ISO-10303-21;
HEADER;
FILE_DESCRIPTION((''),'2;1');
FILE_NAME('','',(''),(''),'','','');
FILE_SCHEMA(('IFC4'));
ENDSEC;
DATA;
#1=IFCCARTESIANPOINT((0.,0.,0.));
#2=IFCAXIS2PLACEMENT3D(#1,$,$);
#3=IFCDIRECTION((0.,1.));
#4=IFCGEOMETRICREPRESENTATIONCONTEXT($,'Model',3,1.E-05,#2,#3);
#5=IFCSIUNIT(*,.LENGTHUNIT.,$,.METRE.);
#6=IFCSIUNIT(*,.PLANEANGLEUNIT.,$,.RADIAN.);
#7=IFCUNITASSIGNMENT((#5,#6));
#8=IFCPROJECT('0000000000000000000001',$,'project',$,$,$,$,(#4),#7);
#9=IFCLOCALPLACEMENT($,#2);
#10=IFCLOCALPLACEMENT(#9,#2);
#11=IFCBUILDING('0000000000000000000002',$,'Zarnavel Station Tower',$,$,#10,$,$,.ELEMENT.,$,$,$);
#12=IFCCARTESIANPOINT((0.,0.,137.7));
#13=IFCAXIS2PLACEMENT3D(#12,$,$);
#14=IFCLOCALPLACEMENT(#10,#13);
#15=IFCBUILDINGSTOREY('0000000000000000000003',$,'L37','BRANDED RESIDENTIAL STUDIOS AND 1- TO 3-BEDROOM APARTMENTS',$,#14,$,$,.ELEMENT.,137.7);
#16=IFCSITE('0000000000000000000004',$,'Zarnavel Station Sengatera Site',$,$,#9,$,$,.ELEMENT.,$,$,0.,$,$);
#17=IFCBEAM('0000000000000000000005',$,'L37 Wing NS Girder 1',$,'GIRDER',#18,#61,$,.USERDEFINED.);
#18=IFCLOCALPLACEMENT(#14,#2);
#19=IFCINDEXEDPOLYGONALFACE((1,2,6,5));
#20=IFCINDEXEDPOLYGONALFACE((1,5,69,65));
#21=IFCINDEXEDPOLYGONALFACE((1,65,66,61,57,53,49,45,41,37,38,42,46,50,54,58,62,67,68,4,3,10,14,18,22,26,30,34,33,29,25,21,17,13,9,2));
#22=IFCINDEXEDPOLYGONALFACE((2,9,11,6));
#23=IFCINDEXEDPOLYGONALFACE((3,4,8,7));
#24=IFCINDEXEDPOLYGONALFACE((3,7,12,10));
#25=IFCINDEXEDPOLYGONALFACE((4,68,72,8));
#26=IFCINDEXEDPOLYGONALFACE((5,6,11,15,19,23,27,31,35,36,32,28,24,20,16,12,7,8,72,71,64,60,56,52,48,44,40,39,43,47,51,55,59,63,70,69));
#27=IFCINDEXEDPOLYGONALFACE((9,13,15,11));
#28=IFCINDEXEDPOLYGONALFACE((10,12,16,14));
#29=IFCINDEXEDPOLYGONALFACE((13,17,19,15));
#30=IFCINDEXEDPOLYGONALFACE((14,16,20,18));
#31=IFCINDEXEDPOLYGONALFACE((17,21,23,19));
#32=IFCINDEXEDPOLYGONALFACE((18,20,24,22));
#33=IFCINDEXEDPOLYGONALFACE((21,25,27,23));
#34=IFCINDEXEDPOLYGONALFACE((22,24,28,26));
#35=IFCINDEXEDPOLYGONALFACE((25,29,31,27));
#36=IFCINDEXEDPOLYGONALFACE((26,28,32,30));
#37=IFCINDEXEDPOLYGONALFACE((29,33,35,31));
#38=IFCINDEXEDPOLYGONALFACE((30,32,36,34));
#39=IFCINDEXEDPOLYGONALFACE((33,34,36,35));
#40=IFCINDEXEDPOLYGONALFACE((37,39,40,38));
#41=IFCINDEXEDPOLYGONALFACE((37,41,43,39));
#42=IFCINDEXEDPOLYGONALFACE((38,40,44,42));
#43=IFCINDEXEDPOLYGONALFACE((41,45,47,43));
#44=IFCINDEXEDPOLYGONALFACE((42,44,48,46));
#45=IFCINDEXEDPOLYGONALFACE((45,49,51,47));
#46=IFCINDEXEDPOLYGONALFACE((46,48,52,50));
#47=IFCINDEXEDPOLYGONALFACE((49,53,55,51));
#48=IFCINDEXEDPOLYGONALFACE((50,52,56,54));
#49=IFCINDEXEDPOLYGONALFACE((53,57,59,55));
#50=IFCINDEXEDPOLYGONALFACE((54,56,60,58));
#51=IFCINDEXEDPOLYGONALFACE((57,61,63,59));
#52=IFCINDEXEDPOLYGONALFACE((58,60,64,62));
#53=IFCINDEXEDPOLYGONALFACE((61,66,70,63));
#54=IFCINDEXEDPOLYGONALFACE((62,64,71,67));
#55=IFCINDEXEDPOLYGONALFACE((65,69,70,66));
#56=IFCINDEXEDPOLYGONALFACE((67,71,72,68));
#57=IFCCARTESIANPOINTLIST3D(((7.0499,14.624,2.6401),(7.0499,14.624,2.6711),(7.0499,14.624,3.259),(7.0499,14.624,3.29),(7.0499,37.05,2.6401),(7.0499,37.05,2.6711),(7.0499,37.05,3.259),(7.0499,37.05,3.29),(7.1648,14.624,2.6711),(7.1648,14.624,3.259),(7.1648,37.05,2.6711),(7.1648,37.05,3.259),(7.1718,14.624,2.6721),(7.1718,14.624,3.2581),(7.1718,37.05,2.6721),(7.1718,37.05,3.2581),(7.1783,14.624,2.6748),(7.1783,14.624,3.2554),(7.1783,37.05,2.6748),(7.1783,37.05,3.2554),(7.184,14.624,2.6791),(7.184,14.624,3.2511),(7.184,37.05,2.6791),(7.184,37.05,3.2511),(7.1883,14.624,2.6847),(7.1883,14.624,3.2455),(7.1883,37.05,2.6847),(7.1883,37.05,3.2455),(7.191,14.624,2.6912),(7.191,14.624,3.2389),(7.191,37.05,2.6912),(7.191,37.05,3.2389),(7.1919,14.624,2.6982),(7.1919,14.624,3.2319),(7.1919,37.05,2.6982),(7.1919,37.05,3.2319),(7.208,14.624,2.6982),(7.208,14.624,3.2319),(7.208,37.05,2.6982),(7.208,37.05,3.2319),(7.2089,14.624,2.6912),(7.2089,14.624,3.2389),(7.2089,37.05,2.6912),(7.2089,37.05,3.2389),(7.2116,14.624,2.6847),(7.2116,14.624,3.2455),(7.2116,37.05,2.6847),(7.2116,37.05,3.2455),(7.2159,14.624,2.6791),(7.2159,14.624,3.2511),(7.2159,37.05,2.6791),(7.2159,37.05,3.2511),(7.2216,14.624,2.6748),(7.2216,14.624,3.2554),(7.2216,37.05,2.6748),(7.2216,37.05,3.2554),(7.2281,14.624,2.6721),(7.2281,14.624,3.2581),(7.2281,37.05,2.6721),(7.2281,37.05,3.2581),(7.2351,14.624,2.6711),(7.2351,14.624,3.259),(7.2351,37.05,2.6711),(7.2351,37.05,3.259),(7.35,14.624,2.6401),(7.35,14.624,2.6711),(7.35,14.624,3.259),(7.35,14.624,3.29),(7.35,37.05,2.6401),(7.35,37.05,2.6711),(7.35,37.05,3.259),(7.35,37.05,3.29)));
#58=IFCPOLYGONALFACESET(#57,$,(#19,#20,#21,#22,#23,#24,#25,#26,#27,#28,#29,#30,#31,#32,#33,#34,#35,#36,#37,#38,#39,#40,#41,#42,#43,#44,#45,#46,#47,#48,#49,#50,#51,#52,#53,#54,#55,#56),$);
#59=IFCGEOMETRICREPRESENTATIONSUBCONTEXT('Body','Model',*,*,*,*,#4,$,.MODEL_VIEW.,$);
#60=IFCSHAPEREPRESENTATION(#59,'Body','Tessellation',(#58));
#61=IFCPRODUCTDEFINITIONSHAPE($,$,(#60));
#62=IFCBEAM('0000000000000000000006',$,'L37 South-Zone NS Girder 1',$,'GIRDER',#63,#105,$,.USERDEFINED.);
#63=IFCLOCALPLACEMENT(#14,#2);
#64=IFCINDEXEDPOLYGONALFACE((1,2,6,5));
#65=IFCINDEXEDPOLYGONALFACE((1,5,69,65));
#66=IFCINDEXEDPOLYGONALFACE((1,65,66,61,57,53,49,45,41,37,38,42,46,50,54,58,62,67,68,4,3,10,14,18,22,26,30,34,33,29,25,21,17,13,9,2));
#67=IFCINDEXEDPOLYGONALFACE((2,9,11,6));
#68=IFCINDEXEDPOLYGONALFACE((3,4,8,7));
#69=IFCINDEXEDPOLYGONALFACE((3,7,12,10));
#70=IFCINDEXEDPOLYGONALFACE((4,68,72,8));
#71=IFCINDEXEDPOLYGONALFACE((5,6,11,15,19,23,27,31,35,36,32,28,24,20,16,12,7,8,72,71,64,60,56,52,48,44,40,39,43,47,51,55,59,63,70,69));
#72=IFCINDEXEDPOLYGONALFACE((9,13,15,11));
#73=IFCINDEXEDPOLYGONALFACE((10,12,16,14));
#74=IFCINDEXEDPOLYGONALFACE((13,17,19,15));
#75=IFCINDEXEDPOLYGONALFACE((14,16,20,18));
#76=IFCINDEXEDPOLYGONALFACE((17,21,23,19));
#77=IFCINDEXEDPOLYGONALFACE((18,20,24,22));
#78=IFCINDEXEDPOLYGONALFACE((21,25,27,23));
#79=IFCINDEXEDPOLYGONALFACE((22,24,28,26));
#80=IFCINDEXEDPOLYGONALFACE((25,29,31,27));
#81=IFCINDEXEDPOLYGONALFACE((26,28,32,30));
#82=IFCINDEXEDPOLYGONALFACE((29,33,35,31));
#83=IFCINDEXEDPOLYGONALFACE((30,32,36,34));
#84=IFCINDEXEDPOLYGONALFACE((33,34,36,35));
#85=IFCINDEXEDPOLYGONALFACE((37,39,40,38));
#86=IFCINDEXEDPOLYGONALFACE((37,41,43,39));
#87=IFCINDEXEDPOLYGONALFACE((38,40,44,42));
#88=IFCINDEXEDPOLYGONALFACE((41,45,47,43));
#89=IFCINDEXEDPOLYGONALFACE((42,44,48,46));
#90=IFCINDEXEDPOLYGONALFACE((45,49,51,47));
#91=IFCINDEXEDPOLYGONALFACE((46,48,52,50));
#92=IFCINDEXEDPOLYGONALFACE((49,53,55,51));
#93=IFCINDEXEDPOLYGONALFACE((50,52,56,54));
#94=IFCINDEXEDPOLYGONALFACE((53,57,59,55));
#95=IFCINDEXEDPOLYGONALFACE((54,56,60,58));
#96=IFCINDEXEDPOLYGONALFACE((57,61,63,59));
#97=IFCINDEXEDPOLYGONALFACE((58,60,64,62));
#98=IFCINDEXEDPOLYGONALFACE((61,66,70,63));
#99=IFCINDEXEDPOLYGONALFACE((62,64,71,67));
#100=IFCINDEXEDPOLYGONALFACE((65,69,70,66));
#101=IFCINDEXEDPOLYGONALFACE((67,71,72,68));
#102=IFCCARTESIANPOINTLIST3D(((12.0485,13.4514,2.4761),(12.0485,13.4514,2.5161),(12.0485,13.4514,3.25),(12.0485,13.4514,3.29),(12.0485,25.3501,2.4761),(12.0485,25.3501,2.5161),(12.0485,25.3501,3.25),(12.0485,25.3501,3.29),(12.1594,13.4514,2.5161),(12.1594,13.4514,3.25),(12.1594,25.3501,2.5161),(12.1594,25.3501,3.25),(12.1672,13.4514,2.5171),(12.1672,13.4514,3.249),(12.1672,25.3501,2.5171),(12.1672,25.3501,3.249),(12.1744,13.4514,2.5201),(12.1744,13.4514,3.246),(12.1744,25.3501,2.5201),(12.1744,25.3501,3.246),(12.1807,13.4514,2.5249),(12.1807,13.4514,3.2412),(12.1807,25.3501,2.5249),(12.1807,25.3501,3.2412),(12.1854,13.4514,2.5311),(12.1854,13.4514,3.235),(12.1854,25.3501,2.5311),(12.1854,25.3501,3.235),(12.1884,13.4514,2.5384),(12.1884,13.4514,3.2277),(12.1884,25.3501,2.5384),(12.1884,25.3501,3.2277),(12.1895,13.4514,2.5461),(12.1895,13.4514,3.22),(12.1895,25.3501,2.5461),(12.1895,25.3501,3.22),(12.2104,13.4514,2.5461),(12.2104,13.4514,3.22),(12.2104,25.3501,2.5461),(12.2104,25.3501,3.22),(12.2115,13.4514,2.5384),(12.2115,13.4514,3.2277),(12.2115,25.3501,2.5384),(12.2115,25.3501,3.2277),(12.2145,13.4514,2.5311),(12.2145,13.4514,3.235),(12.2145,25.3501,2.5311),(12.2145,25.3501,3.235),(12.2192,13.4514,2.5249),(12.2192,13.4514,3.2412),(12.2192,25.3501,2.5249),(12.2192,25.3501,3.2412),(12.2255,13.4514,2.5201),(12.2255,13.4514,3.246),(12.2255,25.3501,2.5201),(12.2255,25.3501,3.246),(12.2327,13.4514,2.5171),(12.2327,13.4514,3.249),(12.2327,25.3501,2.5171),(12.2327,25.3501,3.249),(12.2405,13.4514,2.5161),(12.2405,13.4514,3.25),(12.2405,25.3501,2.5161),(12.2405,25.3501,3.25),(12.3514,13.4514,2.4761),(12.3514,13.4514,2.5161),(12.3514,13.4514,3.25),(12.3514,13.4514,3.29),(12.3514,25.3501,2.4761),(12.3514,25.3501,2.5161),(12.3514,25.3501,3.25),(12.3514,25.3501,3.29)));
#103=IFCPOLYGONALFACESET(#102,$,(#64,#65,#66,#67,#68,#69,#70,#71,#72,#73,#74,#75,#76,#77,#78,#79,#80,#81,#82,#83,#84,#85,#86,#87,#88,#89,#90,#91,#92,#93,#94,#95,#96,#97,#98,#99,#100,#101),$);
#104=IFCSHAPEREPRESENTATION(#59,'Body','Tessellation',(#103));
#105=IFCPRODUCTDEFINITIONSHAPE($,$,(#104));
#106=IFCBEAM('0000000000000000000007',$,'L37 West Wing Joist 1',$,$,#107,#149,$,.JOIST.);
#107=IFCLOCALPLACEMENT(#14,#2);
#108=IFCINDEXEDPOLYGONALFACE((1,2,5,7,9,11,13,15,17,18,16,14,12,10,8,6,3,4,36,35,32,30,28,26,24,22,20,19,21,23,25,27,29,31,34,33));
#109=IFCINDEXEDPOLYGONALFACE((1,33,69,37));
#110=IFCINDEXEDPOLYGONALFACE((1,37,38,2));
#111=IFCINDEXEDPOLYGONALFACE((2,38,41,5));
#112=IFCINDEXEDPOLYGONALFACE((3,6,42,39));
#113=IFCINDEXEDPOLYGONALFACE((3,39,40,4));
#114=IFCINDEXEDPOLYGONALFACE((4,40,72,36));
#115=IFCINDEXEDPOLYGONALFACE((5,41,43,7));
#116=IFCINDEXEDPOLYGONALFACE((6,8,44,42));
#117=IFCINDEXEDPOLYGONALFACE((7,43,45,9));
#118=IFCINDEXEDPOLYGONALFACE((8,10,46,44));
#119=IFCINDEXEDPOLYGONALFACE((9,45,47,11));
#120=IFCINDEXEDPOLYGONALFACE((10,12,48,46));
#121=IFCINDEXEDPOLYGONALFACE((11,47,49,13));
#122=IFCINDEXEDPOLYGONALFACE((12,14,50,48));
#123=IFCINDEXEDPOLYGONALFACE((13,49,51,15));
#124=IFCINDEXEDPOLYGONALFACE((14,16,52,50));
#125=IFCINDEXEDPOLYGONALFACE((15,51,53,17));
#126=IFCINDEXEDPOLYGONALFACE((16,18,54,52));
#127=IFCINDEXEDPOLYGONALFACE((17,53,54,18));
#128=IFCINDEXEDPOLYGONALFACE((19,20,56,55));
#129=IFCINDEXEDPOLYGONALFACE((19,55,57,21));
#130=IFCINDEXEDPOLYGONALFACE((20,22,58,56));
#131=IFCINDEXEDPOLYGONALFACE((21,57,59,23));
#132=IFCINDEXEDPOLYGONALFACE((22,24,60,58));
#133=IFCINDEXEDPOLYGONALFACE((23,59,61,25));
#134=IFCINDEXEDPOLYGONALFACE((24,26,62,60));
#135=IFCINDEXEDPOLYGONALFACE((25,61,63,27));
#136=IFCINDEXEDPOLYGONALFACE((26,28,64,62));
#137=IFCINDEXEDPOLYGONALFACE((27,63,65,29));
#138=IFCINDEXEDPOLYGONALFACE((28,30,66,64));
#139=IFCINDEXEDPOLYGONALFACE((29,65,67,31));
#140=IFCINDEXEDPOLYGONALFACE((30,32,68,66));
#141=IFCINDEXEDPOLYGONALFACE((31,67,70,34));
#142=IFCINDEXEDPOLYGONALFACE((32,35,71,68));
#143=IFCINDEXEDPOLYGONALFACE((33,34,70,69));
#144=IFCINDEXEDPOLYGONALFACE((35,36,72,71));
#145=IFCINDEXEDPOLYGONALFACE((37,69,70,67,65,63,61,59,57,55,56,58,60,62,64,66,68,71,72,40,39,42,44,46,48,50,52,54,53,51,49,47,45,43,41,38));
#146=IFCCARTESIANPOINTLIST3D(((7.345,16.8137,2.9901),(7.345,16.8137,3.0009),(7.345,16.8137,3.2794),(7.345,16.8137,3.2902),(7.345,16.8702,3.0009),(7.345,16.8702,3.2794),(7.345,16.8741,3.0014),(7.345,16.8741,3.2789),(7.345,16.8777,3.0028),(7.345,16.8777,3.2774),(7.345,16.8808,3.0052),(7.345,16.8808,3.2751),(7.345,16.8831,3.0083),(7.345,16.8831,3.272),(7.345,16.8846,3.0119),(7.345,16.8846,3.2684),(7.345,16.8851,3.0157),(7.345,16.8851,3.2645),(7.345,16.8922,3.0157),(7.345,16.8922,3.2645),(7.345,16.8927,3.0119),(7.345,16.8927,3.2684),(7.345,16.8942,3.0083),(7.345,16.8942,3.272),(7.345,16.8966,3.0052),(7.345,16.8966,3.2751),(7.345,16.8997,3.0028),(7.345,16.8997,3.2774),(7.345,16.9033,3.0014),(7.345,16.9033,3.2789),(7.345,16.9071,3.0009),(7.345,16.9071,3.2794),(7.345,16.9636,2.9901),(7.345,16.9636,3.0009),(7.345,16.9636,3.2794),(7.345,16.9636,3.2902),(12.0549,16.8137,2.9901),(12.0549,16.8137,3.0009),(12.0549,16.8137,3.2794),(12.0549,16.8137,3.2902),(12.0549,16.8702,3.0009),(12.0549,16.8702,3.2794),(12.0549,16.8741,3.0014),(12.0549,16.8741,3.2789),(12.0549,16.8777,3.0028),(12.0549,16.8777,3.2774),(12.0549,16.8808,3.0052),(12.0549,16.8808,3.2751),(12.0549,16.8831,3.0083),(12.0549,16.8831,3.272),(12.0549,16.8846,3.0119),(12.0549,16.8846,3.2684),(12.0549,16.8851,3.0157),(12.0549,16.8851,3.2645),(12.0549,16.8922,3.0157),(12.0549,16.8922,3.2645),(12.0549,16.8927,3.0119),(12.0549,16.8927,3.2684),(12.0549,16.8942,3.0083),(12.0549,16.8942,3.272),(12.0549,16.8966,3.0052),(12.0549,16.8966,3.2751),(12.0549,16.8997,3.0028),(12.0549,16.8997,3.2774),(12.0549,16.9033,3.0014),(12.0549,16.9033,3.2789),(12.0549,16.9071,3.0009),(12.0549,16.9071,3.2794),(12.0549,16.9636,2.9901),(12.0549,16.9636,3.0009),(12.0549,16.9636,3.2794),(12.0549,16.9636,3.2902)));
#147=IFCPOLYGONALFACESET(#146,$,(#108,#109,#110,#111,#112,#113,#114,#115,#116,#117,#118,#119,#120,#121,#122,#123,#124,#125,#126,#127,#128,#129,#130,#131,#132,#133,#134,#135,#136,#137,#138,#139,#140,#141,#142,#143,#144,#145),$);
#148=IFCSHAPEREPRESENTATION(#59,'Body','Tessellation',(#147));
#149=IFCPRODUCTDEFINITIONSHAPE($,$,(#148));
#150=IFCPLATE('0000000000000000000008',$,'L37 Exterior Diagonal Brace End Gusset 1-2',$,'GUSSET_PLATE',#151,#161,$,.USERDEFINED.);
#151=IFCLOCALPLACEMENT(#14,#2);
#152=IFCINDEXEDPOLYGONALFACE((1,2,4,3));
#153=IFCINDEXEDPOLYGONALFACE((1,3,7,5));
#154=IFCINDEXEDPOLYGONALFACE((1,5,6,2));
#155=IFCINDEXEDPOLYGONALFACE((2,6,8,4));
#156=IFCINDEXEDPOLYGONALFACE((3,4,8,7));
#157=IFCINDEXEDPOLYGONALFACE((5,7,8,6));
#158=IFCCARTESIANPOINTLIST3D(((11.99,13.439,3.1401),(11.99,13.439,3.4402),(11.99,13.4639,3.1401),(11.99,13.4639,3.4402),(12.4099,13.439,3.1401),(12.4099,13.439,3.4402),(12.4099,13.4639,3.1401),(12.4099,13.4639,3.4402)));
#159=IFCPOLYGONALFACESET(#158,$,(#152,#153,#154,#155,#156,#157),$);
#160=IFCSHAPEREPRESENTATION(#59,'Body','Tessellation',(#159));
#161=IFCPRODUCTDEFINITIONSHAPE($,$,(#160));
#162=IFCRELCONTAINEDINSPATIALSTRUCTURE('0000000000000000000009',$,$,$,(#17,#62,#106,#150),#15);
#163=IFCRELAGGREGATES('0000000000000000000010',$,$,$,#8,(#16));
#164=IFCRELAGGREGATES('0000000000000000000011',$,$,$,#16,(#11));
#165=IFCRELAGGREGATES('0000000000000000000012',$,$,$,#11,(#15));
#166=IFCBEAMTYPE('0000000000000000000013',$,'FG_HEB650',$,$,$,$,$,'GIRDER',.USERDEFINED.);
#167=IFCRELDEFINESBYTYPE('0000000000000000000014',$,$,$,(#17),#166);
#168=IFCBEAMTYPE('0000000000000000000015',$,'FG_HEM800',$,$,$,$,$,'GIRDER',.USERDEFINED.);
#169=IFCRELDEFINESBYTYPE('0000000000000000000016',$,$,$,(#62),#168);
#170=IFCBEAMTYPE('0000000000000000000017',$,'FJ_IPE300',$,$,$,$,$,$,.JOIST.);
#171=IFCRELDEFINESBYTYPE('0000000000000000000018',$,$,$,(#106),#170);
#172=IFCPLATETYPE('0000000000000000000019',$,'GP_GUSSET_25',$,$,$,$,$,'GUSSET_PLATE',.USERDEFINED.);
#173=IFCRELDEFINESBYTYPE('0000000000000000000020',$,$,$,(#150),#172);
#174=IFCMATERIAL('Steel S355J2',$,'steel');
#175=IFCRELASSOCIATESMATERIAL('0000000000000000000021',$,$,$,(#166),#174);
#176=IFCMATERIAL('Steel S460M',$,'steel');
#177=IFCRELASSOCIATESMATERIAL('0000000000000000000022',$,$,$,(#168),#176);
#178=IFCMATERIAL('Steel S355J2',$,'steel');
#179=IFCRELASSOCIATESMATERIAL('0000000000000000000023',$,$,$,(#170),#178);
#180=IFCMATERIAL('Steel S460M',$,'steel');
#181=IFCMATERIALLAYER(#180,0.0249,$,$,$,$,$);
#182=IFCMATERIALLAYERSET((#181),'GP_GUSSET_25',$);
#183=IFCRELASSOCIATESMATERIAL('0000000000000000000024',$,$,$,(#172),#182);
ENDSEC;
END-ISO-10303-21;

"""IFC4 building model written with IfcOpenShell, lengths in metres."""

from ifc_helpers import new_model, si_unit, direction, frame, origin, origin_2d, place, context, subcontext, project, spatial, rectangle, i_section, extrude, material, layer, layer_set, material_profile, profile_set, type_object, element, save


model = new_model("IFC4")

# Units and contexts
model_context = context("Model", 3, precision=1e-05, world=origin(), true_north=direction((0.0, 1.0)))
body_context = subcontext(model_context, "Body", "Model", "MODEL_VIEW")
ifc_project = project(units=[si_unit("LENGTHUNIT", "METRE"), si_unit("PLANEANGLEUNIT", "RADIAN")], contexts=[model_context])

# Site, building, storey
site_placement = place(None, origin())
site = spatial("IfcSite", under=ifc_project, at=site_placement, Name="Zarnavel Station Sengatera Site", CompositionType="ELEMENT", RefElevation=0.0)
building_placement = place(site_placement, origin())
building = spatial("IfcBuilding", under=site, at=building_placement, Name="Zarnavel Station Tower", CompositionType="ELEMENT")
storey_placement = place(building_placement, frame((0.0, 0.0, 137.7)))
storey = spatial("IfcBuildingStorey", under=building, at=storey_placement, Name="L37", Description="BRANDED RESIDENTIAL STUDIOS AND 1- TO 3-BEDROOM APARTMENTS", CompositionType="ELEMENT", Elevation=137.7)

# Beams
ifc_material_1 = material(Name="Steel S355J2", Category="steel")
ifc_material_profile_1 = material_profile(ifc_material_1, i_section(OverallWidth=0.3, OverallDepth=0.6499, WebThickness=0.0161, FlangeThickness=0.031, FilletRadius=0.0271, at=origin_2d()), Name="HEB650")
ifc_profile_set_1 = profile_set([ifc_material_profile_1], Name="Steel S355J2")
beam_type_1 = type_object("IfcBeamType", Name="FG_HEB650", ElementType="GIRDER", PredefinedType="USERDEFINED", material=ifc_profile_set_1)
beam_1_placement = place(storey_placement, frame((7.2, 14.624, 2.9651), z_axis=(0.0, 1.0, 0.0), x_axis=(-1.0, 0.0, 0.0)))
element("IfcBeam", 1, at=beam_1_placement, inside=storey, type_object=beam_type_1, Name="L37 Wing NS Girder 1", ObjectType="GIRDER", PredefinedType="USERDEFINED", context=body_context, shape_type="SweptSolid", body=[
    extrude(i_section(OverallWidth=0.3, OverallDepth=0.6499, WebThickness=0.0161, FlangeThickness=0.031, FilletRadius=0.0271, at=origin_2d()), origin(), (0.0, 0.0, 1.0), 22.426),
])
ifc_material_2 = material(Name="Steel S460M", Category="steel")
ifc_material_profile_2 = material_profile(ifc_material_2, i_section(OverallWidth=0.303, OverallDepth=0.814, WebThickness=0.021, FlangeThickness=0.04, FilletRadius=0.03, at=origin_2d()), Name="HEM800")
ifc_profile_set_2 = profile_set([ifc_material_profile_2], Name="Steel S460M")
beam_type_2 = type_object("IfcBeamType", Name="FG_HEM800", ElementType="GIRDER", PredefinedType="USERDEFINED", material=ifc_profile_set_2)
beam_2_placement = place(storey_placement, frame((12.2, 13.4514, 2.8831), z_axis=(0.0, 1.0, 0.0), x_axis=(-1.0, 0.0, 0.0)))
element("IfcBeam", 2, at=beam_2_placement, inside=storey, type_object=beam_type_2, Name="L37 South-Zone NS Girder 1", ObjectType="GIRDER", PredefinedType="USERDEFINED", context=body_context, shape_type="SweptSolid", body=[
    extrude(i_section(OverallWidth=0.303, OverallDepth=0.814, WebThickness=0.021, FlangeThickness=0.04, FilletRadius=0.03, at=origin_2d()), origin(), (0.0, 0.0, 1.0), 11.8987),
])
ifc_material_3 = material(Name="Steel S355J2", Category="steel")
ifc_material_profile_3 = material_profile(ifc_material_3, i_section(OverallWidth=0.1499, OverallDepth=0.3, WebThickness=0.0071, FlangeThickness=0.0107, FilletRadius=0.0149, at=origin_2d()), Name="IPE300")
ifc_profile_set_3 = profile_set([ifc_material_profile_3], Name="Steel S355J2")
beam_type_3 = type_object("IfcBeamType", Name="FJ_IPE300", PredefinedType="JOIST", material=ifc_profile_set_3)
beam_3_placement = place(storey_placement, frame((7.345, 16.8887, 3.1401), z_axis=(1.0, 0.0, 0.0), x_axis=(0.0, 1.0, 0.0)))
element("IfcBeam", 3, at=beam_3_placement, inside=storey, type_object=beam_type_3, Name="L37 West Wing Joist 1", PredefinedType="JOIST", context=body_context, shape_type="SweptSolid", body=[
    extrude(i_section(OverallWidth=0.1499, OverallDepth=0.3, WebThickness=0.0071, FlangeThickness=0.0107, FilletRadius=0.0149, at=origin_2d()), origin(), (0.0, 0.0, 1.0), 4.71),
])

# Plate
ifc_material_4 = material(Name="Steel S460M", Category="steel")
ifc_layer_1 = layer(ifc_material_4, 0.0249)
ifc_layer_set_1 = layer_set([ifc_layer_1], Name="GP_GUSSET_25")
plate_type = type_object("IfcPlateType", Name="GP_GUSSET_25", ElementType="GUSSET_PLATE", PredefinedType="USERDEFINED", material=ifc_layer_set_1)
plate_placement = place(storey_placement, frame((12.2, 13.4514, 3.1401), z_axis=(0.0, 0.0, 1.0), x_axis=(1.0, 0.0, 0.0)))
element("IfcPlate", 4, at=plate_placement, inside=storey, type_object=plate_type, Name="L37 Exterior Diagonal Brace End Gusset 1-2", ObjectType="GUSSET_PLATE", PredefinedType="USERDEFINED", context=body_context, shape_type="SweptSolid", body=[
    extrude(rectangle(XDim=0.4199, YDim=0.0249, at=origin_2d()), origin(), (0.0, 0.0, 1.0), 0.3),
])

save(model, "model.ifc")
